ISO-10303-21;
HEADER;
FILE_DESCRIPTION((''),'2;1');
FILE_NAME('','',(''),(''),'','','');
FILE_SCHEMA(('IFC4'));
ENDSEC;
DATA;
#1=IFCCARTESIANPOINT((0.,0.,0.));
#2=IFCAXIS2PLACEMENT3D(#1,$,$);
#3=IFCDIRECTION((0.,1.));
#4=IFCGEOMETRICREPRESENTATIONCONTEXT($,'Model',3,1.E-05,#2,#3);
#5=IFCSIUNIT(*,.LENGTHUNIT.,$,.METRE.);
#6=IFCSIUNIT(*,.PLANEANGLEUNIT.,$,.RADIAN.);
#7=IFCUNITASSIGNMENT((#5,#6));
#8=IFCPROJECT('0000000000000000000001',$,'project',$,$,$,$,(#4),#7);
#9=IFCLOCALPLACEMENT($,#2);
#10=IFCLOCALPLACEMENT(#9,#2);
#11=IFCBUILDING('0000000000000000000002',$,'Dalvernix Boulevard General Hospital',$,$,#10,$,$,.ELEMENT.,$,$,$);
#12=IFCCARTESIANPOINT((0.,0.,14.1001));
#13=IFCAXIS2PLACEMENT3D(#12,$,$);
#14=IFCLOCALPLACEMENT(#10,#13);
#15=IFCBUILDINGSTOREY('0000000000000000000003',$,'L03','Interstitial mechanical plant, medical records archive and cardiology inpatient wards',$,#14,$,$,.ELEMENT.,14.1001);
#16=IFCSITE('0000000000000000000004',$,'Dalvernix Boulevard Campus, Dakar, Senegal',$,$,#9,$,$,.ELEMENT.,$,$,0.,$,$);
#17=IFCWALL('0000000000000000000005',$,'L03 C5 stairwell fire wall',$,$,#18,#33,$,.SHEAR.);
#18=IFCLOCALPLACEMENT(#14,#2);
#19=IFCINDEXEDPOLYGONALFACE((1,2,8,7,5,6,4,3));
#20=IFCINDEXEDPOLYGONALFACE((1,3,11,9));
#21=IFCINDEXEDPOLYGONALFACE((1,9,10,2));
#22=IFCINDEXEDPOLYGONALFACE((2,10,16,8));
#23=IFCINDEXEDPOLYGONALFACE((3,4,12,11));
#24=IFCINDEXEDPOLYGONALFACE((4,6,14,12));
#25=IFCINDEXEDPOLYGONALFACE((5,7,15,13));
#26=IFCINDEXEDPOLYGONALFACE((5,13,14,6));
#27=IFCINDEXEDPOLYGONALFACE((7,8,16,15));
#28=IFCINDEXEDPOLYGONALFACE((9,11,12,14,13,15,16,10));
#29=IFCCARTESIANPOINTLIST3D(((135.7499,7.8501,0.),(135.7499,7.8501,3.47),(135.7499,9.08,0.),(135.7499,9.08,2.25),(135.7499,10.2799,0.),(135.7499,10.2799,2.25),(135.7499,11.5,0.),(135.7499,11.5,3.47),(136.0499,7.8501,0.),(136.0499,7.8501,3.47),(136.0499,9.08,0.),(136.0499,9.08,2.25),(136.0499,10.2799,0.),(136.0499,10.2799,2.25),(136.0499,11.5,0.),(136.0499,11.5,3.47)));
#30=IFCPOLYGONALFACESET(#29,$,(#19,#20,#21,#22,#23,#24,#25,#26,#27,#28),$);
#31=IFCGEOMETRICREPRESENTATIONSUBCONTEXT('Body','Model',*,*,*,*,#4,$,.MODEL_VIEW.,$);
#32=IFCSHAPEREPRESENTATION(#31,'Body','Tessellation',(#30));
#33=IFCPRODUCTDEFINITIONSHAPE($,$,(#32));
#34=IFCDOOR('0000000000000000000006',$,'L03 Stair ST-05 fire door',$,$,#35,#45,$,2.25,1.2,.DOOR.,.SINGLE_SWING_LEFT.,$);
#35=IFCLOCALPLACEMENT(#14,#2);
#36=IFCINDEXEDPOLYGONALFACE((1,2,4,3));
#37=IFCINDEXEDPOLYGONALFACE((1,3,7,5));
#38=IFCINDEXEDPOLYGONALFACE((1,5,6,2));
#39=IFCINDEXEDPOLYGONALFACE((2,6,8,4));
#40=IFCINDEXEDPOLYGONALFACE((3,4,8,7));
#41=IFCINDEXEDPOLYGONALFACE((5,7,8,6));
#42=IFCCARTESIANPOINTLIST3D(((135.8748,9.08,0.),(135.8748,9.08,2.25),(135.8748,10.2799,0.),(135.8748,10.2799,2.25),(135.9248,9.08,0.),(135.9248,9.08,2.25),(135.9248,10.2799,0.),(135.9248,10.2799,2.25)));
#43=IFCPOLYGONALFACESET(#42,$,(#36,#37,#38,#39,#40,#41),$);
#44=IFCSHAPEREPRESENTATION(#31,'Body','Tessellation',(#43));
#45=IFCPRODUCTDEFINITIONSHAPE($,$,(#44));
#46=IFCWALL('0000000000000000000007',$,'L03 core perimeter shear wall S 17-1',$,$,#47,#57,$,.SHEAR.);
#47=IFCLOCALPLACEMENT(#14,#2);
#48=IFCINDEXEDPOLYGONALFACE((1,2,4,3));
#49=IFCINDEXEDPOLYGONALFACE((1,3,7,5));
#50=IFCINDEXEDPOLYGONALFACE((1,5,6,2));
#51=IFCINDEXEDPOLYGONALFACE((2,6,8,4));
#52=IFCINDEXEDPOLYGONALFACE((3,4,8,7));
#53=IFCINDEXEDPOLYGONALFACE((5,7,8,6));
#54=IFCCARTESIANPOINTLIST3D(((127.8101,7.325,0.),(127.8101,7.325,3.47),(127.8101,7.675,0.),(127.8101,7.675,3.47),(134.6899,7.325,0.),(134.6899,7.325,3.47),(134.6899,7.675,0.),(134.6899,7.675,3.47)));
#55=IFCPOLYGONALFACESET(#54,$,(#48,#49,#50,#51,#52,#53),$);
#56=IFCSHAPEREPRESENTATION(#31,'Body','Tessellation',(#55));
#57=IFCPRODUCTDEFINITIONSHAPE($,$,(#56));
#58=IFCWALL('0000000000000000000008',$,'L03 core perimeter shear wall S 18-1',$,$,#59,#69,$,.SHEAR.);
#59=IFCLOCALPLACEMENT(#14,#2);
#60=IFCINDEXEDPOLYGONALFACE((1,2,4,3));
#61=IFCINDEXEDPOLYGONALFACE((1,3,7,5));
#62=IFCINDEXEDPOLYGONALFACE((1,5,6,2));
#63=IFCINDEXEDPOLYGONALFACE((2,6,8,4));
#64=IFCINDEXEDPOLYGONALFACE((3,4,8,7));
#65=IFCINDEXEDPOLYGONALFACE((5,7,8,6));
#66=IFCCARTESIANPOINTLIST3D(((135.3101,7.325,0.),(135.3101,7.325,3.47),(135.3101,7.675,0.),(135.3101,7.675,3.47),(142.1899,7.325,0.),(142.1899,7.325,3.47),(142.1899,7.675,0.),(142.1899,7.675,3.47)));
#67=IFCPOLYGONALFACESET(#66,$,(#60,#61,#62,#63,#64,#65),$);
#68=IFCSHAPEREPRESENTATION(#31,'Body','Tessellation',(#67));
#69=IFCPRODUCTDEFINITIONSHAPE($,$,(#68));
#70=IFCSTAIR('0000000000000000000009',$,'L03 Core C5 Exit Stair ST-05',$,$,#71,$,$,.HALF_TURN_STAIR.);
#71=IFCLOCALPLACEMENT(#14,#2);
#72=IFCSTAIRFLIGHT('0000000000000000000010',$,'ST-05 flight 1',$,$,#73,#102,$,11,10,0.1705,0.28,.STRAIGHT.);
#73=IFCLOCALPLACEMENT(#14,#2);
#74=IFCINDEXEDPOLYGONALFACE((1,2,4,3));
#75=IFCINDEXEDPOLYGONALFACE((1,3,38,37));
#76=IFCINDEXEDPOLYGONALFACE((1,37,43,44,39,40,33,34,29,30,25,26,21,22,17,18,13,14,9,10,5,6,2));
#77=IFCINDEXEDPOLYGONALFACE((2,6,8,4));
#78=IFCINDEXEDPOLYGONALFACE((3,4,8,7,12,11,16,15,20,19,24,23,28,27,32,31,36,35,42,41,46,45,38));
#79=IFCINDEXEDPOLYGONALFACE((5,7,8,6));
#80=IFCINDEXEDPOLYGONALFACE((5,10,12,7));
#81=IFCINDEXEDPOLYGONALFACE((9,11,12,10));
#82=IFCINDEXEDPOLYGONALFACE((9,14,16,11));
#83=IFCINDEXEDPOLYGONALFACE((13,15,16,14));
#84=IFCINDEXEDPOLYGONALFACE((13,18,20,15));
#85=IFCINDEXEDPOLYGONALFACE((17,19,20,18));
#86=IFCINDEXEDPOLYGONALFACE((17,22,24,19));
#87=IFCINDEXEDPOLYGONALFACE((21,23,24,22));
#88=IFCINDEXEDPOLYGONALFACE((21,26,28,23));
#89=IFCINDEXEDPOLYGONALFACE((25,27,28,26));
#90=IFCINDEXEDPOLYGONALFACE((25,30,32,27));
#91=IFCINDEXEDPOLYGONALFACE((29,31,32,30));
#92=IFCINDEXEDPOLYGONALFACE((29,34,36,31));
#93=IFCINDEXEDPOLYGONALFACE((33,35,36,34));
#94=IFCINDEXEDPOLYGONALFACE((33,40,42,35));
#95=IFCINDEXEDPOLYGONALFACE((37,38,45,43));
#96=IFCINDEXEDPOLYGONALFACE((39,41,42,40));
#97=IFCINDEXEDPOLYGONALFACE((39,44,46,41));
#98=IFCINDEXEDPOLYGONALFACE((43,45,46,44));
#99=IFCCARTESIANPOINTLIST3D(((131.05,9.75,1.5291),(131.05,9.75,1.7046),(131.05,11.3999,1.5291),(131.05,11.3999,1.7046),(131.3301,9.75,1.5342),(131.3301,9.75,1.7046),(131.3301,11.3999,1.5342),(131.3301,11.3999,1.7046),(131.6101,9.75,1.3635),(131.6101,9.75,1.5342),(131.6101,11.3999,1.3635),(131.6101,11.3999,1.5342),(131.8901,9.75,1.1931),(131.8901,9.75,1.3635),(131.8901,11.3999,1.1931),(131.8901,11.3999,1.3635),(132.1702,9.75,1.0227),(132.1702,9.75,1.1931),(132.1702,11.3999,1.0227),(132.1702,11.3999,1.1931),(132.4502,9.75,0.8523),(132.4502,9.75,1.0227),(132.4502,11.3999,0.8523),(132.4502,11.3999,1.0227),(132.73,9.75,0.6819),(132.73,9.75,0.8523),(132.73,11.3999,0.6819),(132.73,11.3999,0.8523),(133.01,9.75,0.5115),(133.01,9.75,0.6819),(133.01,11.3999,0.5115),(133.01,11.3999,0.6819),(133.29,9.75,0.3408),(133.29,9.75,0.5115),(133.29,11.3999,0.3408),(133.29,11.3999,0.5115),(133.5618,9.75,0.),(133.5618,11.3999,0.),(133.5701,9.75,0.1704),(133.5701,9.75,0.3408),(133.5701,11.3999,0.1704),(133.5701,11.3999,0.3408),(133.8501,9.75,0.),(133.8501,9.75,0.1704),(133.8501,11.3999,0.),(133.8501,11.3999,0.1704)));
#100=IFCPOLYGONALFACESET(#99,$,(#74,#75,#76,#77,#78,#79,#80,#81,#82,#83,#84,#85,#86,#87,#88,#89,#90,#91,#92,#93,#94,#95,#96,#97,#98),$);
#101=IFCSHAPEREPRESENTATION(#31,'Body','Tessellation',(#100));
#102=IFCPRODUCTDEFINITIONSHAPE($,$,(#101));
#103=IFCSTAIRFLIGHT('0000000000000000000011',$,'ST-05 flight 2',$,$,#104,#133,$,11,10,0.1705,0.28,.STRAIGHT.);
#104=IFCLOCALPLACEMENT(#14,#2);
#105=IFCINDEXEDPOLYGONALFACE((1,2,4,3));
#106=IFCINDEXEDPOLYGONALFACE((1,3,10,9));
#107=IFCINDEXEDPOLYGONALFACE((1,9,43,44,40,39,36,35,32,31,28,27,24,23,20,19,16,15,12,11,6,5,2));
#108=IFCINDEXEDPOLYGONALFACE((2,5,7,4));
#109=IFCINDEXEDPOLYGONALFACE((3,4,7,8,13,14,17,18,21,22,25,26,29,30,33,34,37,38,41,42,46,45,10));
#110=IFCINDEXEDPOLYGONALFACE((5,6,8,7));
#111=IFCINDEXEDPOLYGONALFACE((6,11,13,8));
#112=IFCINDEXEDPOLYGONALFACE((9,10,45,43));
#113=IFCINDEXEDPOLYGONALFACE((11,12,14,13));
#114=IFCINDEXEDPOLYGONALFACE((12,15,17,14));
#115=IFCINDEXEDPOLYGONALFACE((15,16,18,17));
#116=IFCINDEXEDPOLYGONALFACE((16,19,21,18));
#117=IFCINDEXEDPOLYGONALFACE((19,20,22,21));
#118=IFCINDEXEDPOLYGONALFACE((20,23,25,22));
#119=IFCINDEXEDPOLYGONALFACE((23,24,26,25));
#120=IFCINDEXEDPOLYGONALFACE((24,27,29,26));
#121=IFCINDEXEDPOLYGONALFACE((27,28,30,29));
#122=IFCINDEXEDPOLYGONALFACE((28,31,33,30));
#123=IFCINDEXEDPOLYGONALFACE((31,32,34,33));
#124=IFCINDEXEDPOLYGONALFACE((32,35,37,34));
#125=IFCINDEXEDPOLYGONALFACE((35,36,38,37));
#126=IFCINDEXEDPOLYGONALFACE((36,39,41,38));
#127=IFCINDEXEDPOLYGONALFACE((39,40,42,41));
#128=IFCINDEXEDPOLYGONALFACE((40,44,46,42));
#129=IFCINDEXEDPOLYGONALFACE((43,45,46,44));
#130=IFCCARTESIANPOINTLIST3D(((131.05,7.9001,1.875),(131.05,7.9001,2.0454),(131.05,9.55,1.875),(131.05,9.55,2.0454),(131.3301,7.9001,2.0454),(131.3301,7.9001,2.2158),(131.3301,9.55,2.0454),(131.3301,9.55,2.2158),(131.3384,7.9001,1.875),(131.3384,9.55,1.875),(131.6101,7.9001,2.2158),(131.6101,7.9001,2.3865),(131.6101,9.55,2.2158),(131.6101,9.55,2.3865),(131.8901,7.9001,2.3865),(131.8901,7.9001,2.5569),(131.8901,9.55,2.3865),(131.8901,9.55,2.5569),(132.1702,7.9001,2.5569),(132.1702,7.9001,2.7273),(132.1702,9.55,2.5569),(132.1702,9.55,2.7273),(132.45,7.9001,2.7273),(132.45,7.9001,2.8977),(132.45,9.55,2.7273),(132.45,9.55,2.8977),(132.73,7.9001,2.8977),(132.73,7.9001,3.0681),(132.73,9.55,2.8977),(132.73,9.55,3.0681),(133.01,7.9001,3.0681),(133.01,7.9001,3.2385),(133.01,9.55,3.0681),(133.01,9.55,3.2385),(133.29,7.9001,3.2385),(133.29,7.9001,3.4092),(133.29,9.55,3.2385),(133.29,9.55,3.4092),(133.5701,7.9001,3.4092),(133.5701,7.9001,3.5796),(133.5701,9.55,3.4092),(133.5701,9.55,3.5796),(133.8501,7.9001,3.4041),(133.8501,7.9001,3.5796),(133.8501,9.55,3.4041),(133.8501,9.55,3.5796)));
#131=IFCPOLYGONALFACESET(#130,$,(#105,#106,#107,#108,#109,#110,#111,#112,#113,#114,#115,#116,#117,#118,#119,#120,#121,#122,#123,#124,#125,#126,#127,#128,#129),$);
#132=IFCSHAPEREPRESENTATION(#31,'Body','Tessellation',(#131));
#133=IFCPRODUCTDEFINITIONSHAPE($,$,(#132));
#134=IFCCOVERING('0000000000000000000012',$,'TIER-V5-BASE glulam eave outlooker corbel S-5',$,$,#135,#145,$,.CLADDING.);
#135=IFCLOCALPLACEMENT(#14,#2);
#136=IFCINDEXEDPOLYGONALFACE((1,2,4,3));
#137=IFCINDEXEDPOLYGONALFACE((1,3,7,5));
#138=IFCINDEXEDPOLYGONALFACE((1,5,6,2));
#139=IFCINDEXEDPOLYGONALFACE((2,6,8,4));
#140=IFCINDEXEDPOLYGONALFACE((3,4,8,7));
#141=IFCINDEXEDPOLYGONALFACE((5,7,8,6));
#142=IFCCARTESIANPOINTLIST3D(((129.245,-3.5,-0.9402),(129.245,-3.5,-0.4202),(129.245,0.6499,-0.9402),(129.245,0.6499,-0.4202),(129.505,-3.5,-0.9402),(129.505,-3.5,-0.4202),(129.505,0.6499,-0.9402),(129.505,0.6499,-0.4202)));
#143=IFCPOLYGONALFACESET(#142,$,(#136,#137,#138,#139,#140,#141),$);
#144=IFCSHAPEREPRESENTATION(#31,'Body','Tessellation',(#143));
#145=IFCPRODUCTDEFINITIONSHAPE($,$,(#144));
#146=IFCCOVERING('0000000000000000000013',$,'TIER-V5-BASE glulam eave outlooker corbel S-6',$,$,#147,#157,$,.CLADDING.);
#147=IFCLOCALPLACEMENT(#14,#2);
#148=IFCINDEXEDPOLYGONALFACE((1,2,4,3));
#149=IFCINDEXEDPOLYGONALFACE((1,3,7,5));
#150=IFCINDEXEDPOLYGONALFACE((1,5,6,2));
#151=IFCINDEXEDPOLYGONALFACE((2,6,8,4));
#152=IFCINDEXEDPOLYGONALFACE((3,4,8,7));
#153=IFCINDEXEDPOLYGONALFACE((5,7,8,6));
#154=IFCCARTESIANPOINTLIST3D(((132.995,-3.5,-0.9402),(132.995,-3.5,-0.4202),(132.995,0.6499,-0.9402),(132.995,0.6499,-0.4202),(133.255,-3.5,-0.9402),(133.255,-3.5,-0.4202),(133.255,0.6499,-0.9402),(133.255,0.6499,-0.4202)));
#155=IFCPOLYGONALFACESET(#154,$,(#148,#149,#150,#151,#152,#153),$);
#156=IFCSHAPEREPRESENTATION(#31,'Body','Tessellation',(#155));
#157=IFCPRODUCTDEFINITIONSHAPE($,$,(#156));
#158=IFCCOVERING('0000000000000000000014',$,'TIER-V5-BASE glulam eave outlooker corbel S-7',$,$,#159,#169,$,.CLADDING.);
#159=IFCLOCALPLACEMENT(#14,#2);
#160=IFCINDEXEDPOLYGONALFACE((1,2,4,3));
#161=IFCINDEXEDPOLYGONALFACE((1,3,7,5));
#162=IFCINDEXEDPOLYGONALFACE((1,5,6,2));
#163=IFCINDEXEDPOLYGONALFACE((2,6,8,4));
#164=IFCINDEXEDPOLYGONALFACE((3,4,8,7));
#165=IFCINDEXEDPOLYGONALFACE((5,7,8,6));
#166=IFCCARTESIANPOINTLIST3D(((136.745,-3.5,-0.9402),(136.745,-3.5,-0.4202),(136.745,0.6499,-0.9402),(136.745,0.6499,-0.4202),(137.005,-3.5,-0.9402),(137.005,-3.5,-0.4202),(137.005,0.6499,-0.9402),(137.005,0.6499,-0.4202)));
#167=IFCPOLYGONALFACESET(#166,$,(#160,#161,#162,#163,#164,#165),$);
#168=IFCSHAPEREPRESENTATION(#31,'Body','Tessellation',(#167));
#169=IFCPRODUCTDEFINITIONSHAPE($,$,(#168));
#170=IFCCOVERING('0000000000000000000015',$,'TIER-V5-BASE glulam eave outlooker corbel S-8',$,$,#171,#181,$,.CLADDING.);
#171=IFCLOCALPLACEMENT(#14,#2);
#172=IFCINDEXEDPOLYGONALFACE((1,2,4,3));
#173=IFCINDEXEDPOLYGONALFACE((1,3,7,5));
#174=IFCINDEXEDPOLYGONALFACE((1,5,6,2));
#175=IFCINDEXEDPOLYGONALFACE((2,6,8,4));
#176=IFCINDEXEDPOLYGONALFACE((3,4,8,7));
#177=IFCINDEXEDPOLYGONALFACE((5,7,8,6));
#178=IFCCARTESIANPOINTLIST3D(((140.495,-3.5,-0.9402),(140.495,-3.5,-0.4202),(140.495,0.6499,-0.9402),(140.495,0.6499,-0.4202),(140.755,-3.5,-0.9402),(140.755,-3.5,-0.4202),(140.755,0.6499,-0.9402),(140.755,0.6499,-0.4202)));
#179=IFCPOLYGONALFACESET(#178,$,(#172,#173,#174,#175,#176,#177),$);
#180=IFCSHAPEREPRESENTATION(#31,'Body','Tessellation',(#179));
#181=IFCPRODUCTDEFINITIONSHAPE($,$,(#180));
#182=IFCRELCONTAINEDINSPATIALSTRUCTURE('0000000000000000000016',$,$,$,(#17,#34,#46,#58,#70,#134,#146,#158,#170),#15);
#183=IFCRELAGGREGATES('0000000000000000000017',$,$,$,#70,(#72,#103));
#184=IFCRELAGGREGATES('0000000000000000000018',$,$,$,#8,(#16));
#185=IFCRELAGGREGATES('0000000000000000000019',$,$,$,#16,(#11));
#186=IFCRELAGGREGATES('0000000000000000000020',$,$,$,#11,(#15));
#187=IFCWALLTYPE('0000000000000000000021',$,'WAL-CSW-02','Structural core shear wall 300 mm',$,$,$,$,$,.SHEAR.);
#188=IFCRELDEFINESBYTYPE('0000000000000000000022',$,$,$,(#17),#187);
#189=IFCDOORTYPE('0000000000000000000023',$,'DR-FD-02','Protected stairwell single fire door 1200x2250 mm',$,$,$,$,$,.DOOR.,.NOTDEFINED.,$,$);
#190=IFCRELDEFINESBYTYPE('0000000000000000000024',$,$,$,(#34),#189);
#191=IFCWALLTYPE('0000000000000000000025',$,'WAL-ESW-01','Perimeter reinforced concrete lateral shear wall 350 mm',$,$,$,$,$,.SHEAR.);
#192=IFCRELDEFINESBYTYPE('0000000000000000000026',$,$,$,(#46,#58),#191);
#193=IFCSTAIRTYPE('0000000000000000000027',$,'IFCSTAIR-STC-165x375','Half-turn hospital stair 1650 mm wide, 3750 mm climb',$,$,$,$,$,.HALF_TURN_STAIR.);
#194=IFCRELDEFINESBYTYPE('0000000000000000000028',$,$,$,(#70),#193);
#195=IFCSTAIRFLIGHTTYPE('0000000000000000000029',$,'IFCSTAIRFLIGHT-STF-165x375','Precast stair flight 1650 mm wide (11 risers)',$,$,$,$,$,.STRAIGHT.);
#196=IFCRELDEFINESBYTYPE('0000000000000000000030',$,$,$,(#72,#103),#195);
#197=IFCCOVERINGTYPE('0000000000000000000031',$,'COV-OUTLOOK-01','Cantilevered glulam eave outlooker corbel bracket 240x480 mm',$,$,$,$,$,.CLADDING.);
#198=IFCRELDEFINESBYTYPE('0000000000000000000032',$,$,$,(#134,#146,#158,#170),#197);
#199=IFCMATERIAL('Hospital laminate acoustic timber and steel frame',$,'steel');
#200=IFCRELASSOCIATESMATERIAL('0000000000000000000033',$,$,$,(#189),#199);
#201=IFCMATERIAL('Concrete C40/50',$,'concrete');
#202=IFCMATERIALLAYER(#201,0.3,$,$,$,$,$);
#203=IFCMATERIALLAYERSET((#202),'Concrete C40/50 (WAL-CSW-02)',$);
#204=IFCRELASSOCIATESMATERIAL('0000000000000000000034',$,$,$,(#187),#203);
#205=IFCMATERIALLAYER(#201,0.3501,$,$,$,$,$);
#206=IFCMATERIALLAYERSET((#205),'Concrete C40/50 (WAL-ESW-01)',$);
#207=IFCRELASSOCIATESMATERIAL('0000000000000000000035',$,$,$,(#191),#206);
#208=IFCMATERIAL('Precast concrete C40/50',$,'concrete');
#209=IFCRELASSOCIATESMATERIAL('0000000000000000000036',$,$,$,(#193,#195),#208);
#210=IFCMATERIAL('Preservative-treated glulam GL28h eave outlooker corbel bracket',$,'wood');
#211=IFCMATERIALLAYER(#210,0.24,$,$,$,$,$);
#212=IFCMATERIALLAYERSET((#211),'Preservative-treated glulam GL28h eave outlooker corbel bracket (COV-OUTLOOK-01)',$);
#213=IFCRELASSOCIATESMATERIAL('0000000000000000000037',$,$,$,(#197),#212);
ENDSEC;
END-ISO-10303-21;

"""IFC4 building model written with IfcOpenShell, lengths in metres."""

from ifc_helpers import new_model, si_unit, direction, frame, frame_2d, origin, origin_2d, place, context, subcontext, project, spatial, polyline, rectangle, outline, extrude, material, layer, layer_set, type_object, element, fill, aggregate, save


model = new_model("IFC4")

# Units and contexts
model_context = context("Model", 3, precision=1e-05, world=origin(), true_north=direction((0.0, 1.0)))
body_context = subcontext(model_context, "Body", "Model", "MODEL_VIEW")
ifc_project = project(units=[si_unit("LENGTHUNIT", "METRE"), si_unit("PLANEANGLEUNIT", "RADIAN")], contexts=[model_context])

# Site, building, storey
site_placement = place(None, origin())
site = spatial("IfcSite", under=ifc_project, at=site_placement, Name="Dalvernix Boulevard Campus, Dakar, Senegal", CompositionType="ELEMENT", RefElevation=0.0)
building_placement = place(site_placement, origin())
building = spatial("IfcBuilding", under=site, at=building_placement, Name="Dalvernix Boulevard General Hospital", CompositionType="ELEMENT")
storey_placement = place(building_placement, frame((0.0, 0.0, 14.1001)))
storey = spatial("IfcBuildingStorey", under=building, at=storey_placement, Name="L03", Description="Interstitial mechanical plant, medical records archive and cardiology inpatient wards", CompositionType="ELEMENT", Elevation=14.1001)

# Shared definitions
ifc_material_1 = material(Name="Concrete C40/50", Category="concrete")

# Wall, opening, door
ifc_material_2 = material(Name="Hospital laminate acoustic timber and steel frame", Category="steel")
door_type = type_object("IfcDoorType", Name="DR-FD-02", Description="Protected stairwell single fire door 1200x2250 mm", OperationType="NOTDEFINED", PredefinedType="DOOR", material=ifc_material_2)
ifc_layer_1 = layer(ifc_material_1, 0.3)
ifc_layer_set_1 = layer_set([ifc_layer_1], Name="Concrete C40/50 (WAL-CSW-02)")
wall_type_1 = type_object("IfcWallType", Name="WAL-CSW-02", Description="Structural core shear wall 300 mm", PredefinedType="SHEAR", material=ifc_layer_set_1)
wall_1_placement = place(storey_placement, frame((135.8999, 11.5, 0.0), z_axis=(0.0, 0.0, 1.0), x_axis=(0.0, -1.0, 0.0)))
wall_1 = element("IfcWall", 1, at=wall_1_placement, inside=storey, type_object=wall_type_1, Name="L03 C5 stairwell fire wall", PredefinedType="SHEAR", context=body_context, shape_type="SweptSolid", body=[
    extrude(rectangle(XDim=3.6499, YDim=0.3, at=frame_2d((1.825, 0.0))), origin(), (0.0, 0.0, 1.0), 3.47),
])
opening_1_placement = place(wall_1_placement, frame((1.22, 0.0, 0.0)))
opening_1 = element("IfcOpeningElement", 2, at=opening_1_placement, cuts=wall_1, PredefinedType="OPENING", context=body_context, shape_type="SweptSolid", body=[
    extrude(rectangle(XDim=1.2, YDim=2.25, at=frame_2d((0.6001, 1.125))), frame((0.0, 0.1599, 0.0), z_axis=(0.0, -1.0, 0.0), x_axis=(1.0, 0.0, 0.0)), (0.0, 0.0, 1.0), 0.3201),
])
door_1_placement = place(opening_1_placement, origin())
door_1 = element("IfcDoor", 3, at=door_1_placement, inside=storey, type_object=door_type, Name="L03 Stair ST-05 fire door", OperationType="SINGLE_SWING_LEFT", OverallHeight=2.25, OverallWidth=1.2, PredefinedType="DOOR", context=body_context, shape_type="SweptSolid", body=[
    extrude(rectangle(XDim=1.2, YDim=2.25, at=frame_2d((0.6001, 1.125))), frame((0.0, 0.0249, 0.0), z_axis=(0.0, -1.0, 0.0), x_axis=(1.0, 0.0, 0.0)), (0.0, 0.0, 1.0), 0.05),
])
fill(opening_1, door_1)

# Walls
ifc_layer_2 = layer(ifc_material_1, 0.3501)
ifc_layer_set_2 = layer_set([ifc_layer_2], Name="Concrete C40/50 (WAL-ESW-01)")
wall_type_2 = type_object("IfcWallType", Name="WAL-ESW-01", Description="Perimeter reinforced concrete lateral shear wall 350 mm", PredefinedType="SHEAR", material=ifc_layer_set_2)
for number, where, z_axis, x_axis, name in (
    (4, (134.6899, 7.5, 0.0), (0.0, 0.0, 1.0), (-1.0, 0.0, 0.0), "L03 core perimeter shear wall S 17-1"),
    (5, (142.1899, 7.5, 0.0), (0.0, 0.0, 1.0), (-1.0, 0.0, 0.0), "L03 core perimeter shear wall S 18-1"),
):
    element("IfcWall", number, at=place(storey_placement, frame(where, z_axis=z_axis, x_axis=x_axis)), inside=storey, type_object=wall_type_2, Name=name, PredefinedType="SHEAR", context=body_context, shape_type="SweptSolid", body=[
        extrude(rectangle(XDim=6.8799, YDim=0.3501, at=frame_2d((3.4399, 0.0))), origin(), (0.0, 0.0, 1.0), 3.47),
    ])

# Stair, stair flights
ifc_material_3 = material(Name="Precast concrete C40/50", Category="concrete")
stair_type = type_object("IfcStairType", Name="IFCSTAIR-STC-165x375", Description="Half-turn hospital stair 1650 mm wide, 3750 mm climb", PredefinedType="HALF_TURN_STAIR", material=ifc_material_3)
stair_placement = place(storey_placement, origin())
stair = element("IfcStair", 6, at=stair_placement, inside=storey, type_object=stair_type, Name="L03 Core C5 Exit Stair ST-05", PredefinedType="HALF_TURN_STAIR")
stair_flight_type = type_object("IfcStairFlightType", Name="IFCSTAIRFLIGHT-STF-165x375", Description="Precast stair flight 1650 mm wide (11 risers)", PredefinedType="STRAIGHT", material=ifc_material_3)
stair_flight_1_placement = place(storey_placement, frame((133.8501, 10.575, 0.0), z_axis=(0.0, 0.0, 1.0), x_axis=(-1.0, 0.0, 0.0)))
stair_flight_1 = element("IfcStairFlight", 7, at=stair_flight_1_placement, type_object=stair_flight_type, Name="ST-05 flight 1", NumberOfRisers=11, NumberOfTreads=10, PredefinedType="STRAIGHT", RiserHeight=0.1705, TreadLength=0.28, context=body_context, shape_type="SweptSolid", body=[
    extrude(outline(polyline([(0.0, 0.0), (0.0, 0.1704), (0.28, 0.1704), (0.28, 0.3408), (0.5601, 0.3408), (0.5601, 0.5115), (0.8401, 0.5115), (0.8401, 0.6819), (1.1201, 0.6819), (1.1201, 0.8523), (1.3999, 0.8523), (1.3999, 1.0227), (1.6799, 1.0227), (1.6799, 1.1931), (1.96, 1.1931), (1.96, 1.3635), (2.24, 1.3635), (2.24, 1.5342), (2.52, 1.5342), (2.52, 1.7046), (2.8, 1.7046), (2.8, 1.875), (2.8, 1.5291), (0.2883, 0.0), (0.0, 0.0)])), frame((0.0, 0.825, 0.0), z_axis=(0.0, -1.0, 0.0), x_axis=(1.0, 0.0, 0.0)), (0.0, 0.0, 1.0), 1.6499),
])
stair_flight_2_placement = place(storey_placement, frame((131.05, 8.7251, 1.875), z_axis=(0.0, 0.0, 1.0), x_axis=(1.0, 0.0, 0.0)))
stair_flight_2 = element("IfcStairFlight", 8, at=stair_flight_2_placement, type_object=stair_flight_type, Name="ST-05 flight 2", NumberOfRisers=11, NumberOfTreads=10, PredefinedType="STRAIGHT", RiserHeight=0.1705, TreadLength=0.28, context=body_context, shape_type="SweptSolid", body=[
    extrude(outline(polyline([(0.0, 0.0), (0.0, 0.1704), (0.28, 0.1704), (0.28, 0.3408), (0.5601, 0.3408), (0.5601, 0.5115), (0.8401, 0.5115), (0.8401, 0.6819), (1.1201, 0.6819), (1.1201, 0.8523), (1.3999, 0.8523), (1.3999, 1.0227), (1.6799, 1.0227), (1.6799, 1.1931), (1.96, 1.1931), (1.96, 1.3635), (2.24, 1.3635), (2.24, 1.5342), (2.52, 1.5342), (2.52, 1.7046), (2.8, 1.7046), (2.8, 1.875), (2.8, 1.5291), (0.2883, 0.0), (0.0, 0.0)])), frame((0.0, 0.825, 0.0), z_axis=(0.0, -1.0, 0.0), x_axis=(1.0, 0.0, 0.0)), (0.0, 0.0, 1.0), 1.6499),
])
aggregate(stair, [stair_flight_1, stair_flight_2])

# Coverings
ifc_material_4 = material(Name="Preservative-treated glulam GL28h eave outlooker corbel bracket", Category="wood")
ifc_layer_3 = layer(ifc_material_4, 0.24)
ifc_layer_set_3 = layer_set([ifc_layer_3], Name="Preservative-treated glulam GL28h eave outlooker corbel bracket (COV-OUTLOOK-01)")
covering_type = type_object("IfcCoveringType", Name="COV-OUTLOOK-01", Description="Cantilevered glulam eave outlooker corbel bracket 240x480 mm", PredefinedType="CLADDING", material=ifc_layer_set_3)
for number, where, z_axis, x_axis, name in (
    (9, (129.375, -1.425, -0.9402), (0.0, 0.0, 1.0), (1.0, 0.0, 0.0), "TIER-V5-BASE glulam eave outlooker corbel S-5"),
    (10, (133.125, -1.425, -0.9402), (0.0, 0.0, 1.0), (1.0, 0.0, 0.0), "TIER-V5-BASE glulam eave outlooker corbel S-6"),
    (11, (136.875, -1.425, -0.9402), (0.0, 0.0, 1.0), (1.0, 0.0, 0.0), "TIER-V5-BASE glulam eave outlooker corbel S-7"),
    (12, (140.625, -1.425, -0.9402), (0.0, 0.0, 1.0), (1.0, 0.0, 0.0), "TIER-V5-BASE glulam eave outlooker corbel S-8"),
):
    element("IfcCovering", number, at=place(storey_placement, frame(where, z_axis=z_axis, x_axis=x_axis)), inside=storey, type_object=covering_type, Name=name, PredefinedType="CLADDING", context=body_context, shape_type="SweptSolid", body=[
        extrude(rectangle(XDim=0.26, YDim=4.1499, at=origin_2d()), origin(), (0.0, 0.0, 1.0), 0.52),
    ])

save(model, "model.ifc")
